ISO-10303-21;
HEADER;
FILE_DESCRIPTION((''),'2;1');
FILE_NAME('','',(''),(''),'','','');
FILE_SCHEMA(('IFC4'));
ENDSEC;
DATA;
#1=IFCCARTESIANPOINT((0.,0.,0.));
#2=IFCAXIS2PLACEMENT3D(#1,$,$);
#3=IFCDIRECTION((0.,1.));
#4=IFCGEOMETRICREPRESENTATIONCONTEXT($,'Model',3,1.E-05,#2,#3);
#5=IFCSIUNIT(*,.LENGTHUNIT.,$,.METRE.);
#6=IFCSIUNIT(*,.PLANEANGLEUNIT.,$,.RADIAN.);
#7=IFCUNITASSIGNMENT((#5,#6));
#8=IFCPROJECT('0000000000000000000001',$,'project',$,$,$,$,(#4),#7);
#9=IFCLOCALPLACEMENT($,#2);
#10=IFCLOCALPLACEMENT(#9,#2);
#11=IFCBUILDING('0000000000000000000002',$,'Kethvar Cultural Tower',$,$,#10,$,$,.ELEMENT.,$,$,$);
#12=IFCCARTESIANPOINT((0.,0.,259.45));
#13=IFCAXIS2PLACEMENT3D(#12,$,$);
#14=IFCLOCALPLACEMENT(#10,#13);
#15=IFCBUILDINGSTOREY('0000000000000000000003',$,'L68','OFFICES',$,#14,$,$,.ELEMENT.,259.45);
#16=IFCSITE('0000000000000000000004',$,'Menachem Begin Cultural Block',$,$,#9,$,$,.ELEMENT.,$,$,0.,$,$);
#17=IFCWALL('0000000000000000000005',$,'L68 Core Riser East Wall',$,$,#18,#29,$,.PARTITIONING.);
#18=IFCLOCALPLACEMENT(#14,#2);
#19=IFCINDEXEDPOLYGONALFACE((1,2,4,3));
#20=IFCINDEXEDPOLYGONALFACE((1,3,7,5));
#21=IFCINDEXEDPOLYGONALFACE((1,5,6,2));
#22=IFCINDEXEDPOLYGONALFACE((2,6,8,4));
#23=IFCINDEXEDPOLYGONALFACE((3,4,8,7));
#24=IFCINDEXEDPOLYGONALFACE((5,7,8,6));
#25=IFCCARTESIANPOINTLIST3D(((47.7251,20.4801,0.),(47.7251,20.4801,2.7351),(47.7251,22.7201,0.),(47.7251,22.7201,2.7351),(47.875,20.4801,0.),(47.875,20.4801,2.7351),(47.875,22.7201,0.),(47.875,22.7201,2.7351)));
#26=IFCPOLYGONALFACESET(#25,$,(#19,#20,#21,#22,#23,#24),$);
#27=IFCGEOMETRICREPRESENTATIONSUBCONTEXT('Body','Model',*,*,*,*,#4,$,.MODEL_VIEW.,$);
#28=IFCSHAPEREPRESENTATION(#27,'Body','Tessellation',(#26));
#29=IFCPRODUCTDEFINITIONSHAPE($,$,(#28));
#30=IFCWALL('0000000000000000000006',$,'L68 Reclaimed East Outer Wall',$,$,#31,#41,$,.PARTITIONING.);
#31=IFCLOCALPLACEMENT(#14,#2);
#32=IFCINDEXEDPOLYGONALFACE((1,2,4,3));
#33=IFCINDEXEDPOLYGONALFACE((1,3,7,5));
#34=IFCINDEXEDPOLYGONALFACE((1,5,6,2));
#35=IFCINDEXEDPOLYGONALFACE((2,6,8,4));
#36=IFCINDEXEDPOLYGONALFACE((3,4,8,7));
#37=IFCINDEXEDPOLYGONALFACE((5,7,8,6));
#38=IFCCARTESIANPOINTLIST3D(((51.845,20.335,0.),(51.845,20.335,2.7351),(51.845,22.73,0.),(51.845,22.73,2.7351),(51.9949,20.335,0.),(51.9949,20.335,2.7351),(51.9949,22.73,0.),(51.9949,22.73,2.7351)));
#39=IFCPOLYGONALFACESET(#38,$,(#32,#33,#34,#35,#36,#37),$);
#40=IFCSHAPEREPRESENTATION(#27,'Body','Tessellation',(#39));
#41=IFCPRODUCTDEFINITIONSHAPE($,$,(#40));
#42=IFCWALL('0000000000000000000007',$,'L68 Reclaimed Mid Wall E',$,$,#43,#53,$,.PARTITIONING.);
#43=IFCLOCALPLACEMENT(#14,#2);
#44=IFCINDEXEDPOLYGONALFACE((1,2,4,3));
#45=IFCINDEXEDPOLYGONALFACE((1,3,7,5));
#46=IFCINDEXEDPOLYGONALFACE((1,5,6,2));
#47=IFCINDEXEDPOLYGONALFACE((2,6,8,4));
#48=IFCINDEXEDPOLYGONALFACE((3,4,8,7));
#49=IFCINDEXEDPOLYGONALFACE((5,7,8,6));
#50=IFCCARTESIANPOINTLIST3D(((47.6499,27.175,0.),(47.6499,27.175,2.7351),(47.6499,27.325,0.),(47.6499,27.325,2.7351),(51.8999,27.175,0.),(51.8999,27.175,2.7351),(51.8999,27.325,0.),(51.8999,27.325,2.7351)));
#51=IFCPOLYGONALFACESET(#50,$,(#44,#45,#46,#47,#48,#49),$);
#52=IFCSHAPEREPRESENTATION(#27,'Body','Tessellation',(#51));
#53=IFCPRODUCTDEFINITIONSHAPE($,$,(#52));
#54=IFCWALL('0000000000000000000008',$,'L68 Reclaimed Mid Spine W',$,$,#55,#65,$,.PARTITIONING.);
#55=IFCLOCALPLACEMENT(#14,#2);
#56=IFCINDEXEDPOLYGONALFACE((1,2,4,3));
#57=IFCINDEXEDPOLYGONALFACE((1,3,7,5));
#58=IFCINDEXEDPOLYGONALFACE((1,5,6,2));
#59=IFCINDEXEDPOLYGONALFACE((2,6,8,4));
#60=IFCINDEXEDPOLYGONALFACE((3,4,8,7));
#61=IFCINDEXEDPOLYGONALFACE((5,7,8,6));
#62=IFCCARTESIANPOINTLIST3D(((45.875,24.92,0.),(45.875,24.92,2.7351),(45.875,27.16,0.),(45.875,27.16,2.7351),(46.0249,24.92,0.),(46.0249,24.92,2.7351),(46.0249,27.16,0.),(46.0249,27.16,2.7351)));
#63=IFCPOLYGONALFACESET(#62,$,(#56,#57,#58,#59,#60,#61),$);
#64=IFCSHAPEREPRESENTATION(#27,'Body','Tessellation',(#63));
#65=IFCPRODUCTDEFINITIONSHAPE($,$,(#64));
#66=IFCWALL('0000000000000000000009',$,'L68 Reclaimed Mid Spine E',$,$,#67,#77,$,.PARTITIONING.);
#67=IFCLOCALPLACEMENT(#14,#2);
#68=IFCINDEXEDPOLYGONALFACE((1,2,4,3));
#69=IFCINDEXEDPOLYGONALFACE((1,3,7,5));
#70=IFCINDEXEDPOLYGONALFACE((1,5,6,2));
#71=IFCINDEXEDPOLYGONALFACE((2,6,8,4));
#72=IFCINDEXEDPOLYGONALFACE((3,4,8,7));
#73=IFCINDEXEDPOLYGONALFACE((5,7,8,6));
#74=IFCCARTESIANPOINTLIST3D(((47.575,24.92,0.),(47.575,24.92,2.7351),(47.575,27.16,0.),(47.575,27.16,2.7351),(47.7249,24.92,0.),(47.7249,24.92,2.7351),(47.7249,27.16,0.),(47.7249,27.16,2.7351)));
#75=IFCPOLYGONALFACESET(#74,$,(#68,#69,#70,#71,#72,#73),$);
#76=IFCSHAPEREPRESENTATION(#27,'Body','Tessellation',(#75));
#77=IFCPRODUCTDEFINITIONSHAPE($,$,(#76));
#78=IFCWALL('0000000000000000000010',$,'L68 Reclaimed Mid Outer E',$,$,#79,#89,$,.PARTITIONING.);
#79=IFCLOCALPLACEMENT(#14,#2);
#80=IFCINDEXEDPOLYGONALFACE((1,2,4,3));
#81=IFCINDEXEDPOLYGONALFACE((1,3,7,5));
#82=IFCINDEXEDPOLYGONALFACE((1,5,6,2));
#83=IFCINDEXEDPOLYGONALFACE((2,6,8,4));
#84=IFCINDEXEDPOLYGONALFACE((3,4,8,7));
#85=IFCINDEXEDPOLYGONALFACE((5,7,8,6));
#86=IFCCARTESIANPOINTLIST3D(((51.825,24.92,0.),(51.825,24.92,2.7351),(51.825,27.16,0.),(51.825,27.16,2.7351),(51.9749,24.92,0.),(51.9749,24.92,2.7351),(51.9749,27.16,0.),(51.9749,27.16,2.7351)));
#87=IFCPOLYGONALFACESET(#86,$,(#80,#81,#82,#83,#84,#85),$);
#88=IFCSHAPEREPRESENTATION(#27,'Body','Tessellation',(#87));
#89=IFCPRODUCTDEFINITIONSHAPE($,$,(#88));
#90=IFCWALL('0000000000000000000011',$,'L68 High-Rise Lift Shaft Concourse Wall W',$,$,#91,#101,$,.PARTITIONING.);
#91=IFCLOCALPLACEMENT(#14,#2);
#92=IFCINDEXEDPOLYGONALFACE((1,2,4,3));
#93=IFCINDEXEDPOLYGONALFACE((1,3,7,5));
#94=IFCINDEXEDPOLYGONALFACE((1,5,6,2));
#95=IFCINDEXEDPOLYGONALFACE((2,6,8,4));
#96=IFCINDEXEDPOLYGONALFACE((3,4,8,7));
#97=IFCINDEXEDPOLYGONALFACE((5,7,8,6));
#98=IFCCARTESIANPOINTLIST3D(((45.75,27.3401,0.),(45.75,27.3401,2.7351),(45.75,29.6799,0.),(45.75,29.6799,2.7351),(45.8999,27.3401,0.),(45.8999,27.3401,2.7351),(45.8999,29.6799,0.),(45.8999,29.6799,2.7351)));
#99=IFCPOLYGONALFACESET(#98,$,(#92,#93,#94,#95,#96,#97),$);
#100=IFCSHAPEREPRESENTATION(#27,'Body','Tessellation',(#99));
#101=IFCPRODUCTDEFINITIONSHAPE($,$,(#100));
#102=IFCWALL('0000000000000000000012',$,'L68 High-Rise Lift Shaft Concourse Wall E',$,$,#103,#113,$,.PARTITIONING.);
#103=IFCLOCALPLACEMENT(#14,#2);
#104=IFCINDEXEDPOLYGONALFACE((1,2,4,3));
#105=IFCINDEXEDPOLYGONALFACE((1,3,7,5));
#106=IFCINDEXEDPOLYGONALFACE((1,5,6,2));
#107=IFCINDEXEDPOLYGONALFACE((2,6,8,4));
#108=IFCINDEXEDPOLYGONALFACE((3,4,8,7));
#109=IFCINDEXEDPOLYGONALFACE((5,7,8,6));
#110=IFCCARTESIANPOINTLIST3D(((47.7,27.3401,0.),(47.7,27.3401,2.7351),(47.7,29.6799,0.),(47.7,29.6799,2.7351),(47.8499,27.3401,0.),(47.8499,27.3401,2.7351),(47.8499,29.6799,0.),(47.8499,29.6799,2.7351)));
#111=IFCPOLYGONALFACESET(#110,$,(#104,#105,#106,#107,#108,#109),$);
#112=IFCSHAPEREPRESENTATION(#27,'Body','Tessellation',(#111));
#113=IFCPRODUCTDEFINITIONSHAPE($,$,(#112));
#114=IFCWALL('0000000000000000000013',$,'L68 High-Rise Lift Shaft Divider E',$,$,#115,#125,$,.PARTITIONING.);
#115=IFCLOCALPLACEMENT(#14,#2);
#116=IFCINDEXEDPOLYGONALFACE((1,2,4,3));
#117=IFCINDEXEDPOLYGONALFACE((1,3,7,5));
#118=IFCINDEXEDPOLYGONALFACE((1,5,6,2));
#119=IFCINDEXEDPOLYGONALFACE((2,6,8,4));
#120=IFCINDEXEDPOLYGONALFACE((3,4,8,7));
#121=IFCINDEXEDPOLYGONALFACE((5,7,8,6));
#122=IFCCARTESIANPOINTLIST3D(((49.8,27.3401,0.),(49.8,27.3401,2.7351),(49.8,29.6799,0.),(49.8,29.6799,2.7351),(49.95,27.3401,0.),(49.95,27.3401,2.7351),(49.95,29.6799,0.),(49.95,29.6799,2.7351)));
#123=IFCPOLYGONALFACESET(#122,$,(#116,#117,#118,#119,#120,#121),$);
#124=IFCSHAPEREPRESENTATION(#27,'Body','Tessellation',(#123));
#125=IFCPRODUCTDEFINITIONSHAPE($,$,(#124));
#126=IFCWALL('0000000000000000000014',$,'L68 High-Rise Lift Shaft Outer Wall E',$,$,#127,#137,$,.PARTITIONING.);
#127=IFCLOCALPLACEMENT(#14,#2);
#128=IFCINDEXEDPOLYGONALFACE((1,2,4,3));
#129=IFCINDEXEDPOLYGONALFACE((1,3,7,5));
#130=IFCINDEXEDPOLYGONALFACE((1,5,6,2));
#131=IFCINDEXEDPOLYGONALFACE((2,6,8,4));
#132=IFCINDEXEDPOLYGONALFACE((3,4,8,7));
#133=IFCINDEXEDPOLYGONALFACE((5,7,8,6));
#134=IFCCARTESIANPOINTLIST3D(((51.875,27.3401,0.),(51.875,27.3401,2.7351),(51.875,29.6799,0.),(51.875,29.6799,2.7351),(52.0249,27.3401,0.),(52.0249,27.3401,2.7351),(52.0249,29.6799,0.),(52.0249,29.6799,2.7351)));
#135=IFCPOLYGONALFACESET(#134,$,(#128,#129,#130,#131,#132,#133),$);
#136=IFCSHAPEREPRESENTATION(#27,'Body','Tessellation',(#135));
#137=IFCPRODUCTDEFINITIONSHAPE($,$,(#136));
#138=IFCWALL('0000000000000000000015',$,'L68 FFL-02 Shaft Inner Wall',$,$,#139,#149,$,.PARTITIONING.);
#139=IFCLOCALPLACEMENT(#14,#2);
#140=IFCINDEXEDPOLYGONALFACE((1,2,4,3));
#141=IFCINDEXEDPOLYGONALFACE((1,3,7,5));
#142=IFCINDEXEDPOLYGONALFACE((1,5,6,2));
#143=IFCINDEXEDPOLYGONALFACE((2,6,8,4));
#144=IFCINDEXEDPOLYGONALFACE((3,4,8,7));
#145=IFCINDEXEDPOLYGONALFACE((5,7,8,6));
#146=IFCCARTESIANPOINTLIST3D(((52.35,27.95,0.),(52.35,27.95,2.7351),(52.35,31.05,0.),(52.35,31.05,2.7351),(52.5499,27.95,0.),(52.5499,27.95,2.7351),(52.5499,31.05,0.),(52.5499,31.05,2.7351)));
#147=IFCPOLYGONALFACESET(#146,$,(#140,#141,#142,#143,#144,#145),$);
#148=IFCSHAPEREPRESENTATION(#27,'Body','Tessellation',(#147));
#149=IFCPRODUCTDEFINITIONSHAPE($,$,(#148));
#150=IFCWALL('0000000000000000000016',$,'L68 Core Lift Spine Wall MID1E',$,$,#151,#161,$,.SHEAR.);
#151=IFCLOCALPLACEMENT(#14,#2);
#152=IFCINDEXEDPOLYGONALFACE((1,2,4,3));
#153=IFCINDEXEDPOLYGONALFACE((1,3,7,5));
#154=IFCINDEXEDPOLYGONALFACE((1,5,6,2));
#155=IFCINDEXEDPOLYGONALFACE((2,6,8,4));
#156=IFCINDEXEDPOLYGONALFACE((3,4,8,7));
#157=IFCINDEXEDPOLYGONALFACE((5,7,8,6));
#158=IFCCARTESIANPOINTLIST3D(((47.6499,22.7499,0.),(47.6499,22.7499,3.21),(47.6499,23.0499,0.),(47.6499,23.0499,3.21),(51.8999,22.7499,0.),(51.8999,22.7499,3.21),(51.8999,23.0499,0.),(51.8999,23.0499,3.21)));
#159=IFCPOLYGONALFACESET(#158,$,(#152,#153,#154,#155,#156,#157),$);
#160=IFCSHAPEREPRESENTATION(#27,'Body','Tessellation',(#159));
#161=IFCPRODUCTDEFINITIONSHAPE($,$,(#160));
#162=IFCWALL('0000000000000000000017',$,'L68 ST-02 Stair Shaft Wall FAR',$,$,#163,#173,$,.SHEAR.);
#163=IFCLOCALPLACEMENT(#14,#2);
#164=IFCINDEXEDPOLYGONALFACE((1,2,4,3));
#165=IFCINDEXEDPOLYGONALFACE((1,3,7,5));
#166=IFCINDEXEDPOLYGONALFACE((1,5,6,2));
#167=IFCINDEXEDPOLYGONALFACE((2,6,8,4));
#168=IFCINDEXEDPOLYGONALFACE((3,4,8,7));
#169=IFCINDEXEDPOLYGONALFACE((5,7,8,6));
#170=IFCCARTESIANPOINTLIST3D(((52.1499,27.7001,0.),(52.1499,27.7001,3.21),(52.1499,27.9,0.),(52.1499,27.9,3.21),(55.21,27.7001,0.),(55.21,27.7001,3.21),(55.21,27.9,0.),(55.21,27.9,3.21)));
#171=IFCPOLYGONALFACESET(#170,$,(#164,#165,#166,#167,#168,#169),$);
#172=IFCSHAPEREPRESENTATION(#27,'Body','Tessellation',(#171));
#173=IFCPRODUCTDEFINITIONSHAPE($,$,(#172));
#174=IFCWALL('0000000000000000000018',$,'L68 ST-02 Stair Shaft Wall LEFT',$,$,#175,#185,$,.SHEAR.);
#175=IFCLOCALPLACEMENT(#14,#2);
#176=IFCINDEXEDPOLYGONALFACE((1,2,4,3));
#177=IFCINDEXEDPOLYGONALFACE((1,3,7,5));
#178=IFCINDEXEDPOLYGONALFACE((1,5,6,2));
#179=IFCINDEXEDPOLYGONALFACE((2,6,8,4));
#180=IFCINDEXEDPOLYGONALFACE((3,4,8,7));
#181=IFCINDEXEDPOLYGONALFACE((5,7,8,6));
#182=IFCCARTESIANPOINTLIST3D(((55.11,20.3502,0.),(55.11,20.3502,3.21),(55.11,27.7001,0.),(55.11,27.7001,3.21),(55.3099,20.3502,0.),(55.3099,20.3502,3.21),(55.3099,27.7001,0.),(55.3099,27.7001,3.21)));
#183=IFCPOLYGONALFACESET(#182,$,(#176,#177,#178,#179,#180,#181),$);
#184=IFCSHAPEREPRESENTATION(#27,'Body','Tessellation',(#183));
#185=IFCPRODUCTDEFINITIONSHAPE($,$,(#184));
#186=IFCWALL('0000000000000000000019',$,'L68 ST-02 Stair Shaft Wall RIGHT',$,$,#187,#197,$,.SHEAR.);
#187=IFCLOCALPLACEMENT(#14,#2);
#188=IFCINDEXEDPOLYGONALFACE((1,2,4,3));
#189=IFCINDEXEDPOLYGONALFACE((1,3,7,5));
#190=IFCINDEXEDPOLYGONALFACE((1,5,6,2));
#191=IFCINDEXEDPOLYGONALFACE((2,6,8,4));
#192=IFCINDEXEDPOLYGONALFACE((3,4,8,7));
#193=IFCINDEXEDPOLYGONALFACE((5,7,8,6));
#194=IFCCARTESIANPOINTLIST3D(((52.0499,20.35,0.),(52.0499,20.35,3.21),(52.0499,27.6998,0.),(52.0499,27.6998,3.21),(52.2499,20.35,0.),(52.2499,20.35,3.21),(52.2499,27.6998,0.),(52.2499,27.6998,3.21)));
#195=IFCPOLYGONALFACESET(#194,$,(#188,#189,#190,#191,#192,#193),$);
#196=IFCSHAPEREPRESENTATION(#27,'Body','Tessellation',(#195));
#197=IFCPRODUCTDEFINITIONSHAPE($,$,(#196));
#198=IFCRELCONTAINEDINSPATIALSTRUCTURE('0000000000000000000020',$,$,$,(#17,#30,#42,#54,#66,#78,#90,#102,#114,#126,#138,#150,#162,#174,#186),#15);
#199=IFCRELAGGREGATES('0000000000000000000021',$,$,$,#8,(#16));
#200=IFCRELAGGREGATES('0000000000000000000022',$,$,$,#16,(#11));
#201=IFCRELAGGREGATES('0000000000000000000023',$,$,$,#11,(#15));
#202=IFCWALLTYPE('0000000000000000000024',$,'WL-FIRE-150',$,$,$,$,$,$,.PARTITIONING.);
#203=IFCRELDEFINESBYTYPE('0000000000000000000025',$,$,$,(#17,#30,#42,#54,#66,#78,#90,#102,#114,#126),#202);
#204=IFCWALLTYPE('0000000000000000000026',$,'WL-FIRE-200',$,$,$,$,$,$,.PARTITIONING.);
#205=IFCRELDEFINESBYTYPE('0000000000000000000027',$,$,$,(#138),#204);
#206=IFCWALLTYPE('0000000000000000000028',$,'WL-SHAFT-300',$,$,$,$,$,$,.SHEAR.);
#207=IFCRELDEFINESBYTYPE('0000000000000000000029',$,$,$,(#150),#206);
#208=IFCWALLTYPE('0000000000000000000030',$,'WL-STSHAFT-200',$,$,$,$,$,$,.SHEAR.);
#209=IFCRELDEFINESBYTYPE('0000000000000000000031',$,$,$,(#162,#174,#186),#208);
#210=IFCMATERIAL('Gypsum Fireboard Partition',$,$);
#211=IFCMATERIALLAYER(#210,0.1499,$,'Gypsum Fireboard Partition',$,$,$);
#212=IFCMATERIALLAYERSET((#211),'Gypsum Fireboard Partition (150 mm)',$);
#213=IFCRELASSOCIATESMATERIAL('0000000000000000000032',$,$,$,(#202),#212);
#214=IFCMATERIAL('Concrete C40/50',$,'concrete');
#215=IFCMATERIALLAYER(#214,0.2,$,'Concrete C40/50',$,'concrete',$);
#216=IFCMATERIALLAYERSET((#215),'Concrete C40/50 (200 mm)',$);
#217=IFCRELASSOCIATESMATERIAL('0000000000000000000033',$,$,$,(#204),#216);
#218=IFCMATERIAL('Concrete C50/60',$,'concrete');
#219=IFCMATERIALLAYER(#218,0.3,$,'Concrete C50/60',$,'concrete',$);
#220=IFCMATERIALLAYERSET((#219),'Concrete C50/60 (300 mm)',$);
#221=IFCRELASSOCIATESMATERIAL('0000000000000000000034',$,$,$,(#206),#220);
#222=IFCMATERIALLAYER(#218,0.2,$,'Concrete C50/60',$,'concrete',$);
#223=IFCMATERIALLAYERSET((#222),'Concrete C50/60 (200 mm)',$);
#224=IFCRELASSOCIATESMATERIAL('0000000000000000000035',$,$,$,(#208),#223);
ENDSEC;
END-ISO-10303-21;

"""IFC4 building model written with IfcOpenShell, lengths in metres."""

from ifc_helpers import new_model, si_unit, direction, frame, frame_2d, origin, place, context, subcontext, project, spatial, rectangle, extrude, material, layer, layer_set, type_object, element, save


model = new_model("IFC4")

# Units and contexts
model_context = context("Model", 3, precision=1e-05, world=origin(), true_north=direction((0.0, 1.0)))
body_context = subcontext(model_context, "Body", "Model", "MODEL_VIEW")
ifc_project = project(units=[si_unit("LENGTHUNIT", "METRE"), si_unit("PLANEANGLEUNIT", "RADIAN")], contexts=[model_context])

# Site, building, storey
site_placement = place(None, origin())
site = spatial("IfcSite", under=ifc_project, at=site_placement, Name="Menachem Begin Cultural Block", CompositionType="ELEMENT", RefElevation=0.0)
building_placement = place(site_placement, origin())
building = spatial("IfcBuilding", under=site, at=building_placement, Name="Kethvar Cultural Tower", CompositionType="ELEMENT")
storey_placement = place(building_placement, frame((0.0, 0.0, 259.45)))
storey = spatial("IfcBuildingStorey", under=building, at=storey_placement, Name="L68", Description="OFFICES", CompositionType="ELEMENT", Elevation=259.45)

# Walls
ifc_material_1 = material(Name="Gypsum Fireboard Partition")
ifc_layer_1 = layer(ifc_material_1, 0.1499, Name="Gypsum Fireboard Partition")
ifc_layer_set_1 = layer_set([ifc_layer_1], Name="Gypsum Fireboard Partition (150 mm)")
wall_type_1 = type_object("IfcWallType", Name="WL-FIRE-150", PredefinedType="PARTITIONING", material=ifc_layer_set_1)
wall_1_placement = place(storey_placement, frame((47.8, 20.48, 0.0), z_axis=(0.0, 0.0, 1.0), x_axis=(0.0, 1.0, 0.0)))
element("IfcWall", 1, at=wall_1_placement, inside=storey, type_object=wall_type_1, Name="L68 Core Riser East Wall", PredefinedType="PARTITIONING", context=body_context, shape_type="SweptSolid", body=[
    extrude(rectangle(XDim=2.24, YDim=0.1499, at=frame_2d((1.1201, 0.0))), origin(), (0.0, 0.0, 1.0), 2.7351),
])
wall_2_placement = place(storey_placement, frame((51.9199, 20.335, 0.0), z_axis=(0.0, 0.0, 1.0), x_axis=(0.0, 1.0, 0.0)))
element("IfcWall", 2, at=wall_2_placement, inside=storey, type_object=wall_type_1, Name="L68 Reclaimed East Outer Wall", PredefinedType="PARTITIONING", context=body_context, shape_type="SweptSolid", body=[
    extrude(rectangle(XDim=2.395, YDim=0.1499, at=frame_2d((1.1975, 0.0))), origin(), (0.0, 0.0, 1.0), 2.7351),
])

# Walls
wall_3_placement = place(storey_placement, frame((47.6499, 27.25, 0.0), z_axis=(0.0, 0.0, 1.0), x_axis=(1.0, 0.0, 0.0)))
element("IfcWall", 3, at=wall_3_placement, inside=storey, type_object=wall_type_1, Name="L68 Reclaimed Mid Wall E", PredefinedType="PARTITIONING", context=body_context, shape_type="SweptSolid", body=[
    extrude(rectangle(XDim=4.25, YDim=0.1499, at=frame_2d((2.125, 0.0))), origin(), (0.0, 0.0, 1.0), 2.7351),
])
for number, where, z_axis, x_axis, name in (
    (4, (45.95, 24.9199, 0.0), (0.0, 0.0, 1.0), (0.0, 1.0, 0.0), "L68 Reclaimed Mid Spine W"),
    (5, (47.6499, 24.9199, 0.0), (0.0, 0.0, 1.0), (0.0, 1.0, 0.0), "L68 Reclaimed Mid Spine E"),
    (6, (51.8999, 24.9199, 0.0), (0.0, 0.0, 1.0), (0.0, 1.0, 0.0), "L68 Reclaimed Mid Outer E"),
):
    element("IfcWall", number, at=place(storey_placement, frame(where, z_axis=z_axis, x_axis=x_axis)), inside=storey, type_object=wall_type_1, Name=name, PredefinedType="PARTITIONING", context=body_context, shape_type="SweptSolid", body=[
        extrude(rectangle(XDim=2.24, YDim=0.1499, at=frame_2d((1.1201, 0.0))), origin(), (0.0, 0.0, 1.0), 2.7351),
    ])

# Walls
for number, where, z_axis, x_axis, name in (
    (7, (45.825, 27.3401, 0.0), (0.0, 0.0, 1.0), (0.0, 1.0, 0.0), "L68 High-Rise Lift Shaft Concourse Wall W"),
    (8, (47.7749, 27.3401, 0.0), (0.0, 0.0, 1.0), (0.0, 1.0, 0.0), "L68 High-Rise Lift Shaft Concourse Wall E"),
    (9, (49.875, 27.3401, 0.0), (0.0, 0.0, 1.0), (0.0, 1.0, 0.0), "L68 High-Rise Lift Shaft Divider E"),
    (10, (51.95, 27.3401, 0.0), (0.0, 0.0, 1.0), (0.0, 1.0, 0.0), "L68 High-Rise Lift Shaft Outer Wall E"),
):
    element("IfcWall", number, at=place(storey_placement, frame(where, z_axis=z_axis, x_axis=x_axis)), inside=storey, type_object=wall_type_1, Name=name, PredefinedType="PARTITIONING", context=body_context, shape_type="SweptSolid", body=[
        extrude(rectangle(XDim=2.3398, YDim=0.1499, at=frame_2d((1.1699, 0.0))), origin(), (0.0, 0.0, 1.0), 2.7351),
    ])
ifc_material_2 = material(Name="Concrete C40/50", Category="concrete")
ifc_layer_2 = layer(ifc_material_2, 0.2, Name="Concrete C40/50", Category="concrete")
ifc_layer_set_2 = layer_set([ifc_layer_2], Name="Concrete C40/50 (200 mm)")
wall_type_2 = type_object("IfcWallType", Name="WL-FIRE-200", PredefinedType="PARTITIONING", material=ifc_layer_set_2)
wall_4_placement = place(storey_placement, frame((52.45, 27.95, 0.0), z_axis=(0.0, 0.0, 1.0), x_axis=(0.0, 1.0, 0.0)))
element("IfcWall", 11, at=wall_4_placement, inside=storey, type_object=wall_type_2, Name="L68 FFL-02 Shaft Inner Wall", PredefinedType="PARTITIONING", context=body_context, shape_type="SweptSolid", body=[
    extrude(rectangle(XDim=3.1001, YDim=0.2, at=frame_2d((1.55, 0.0))), origin(), (0.0, 0.0, 1.0), 2.7351),
])
ifc_material_3 = material(Name="Concrete C50/60", Category="concrete")
ifc_layer_3 = layer(ifc_material_3, 0.3, Name="Concrete C50/60", Category="concrete")
ifc_layer_set_3 = layer_set([ifc_layer_3], Name="Concrete C50/60 (300 mm)")
wall_type_3 = type_object("IfcWallType", Name="WL-SHAFT-300", PredefinedType="SHEAR", material=ifc_layer_set_3)
wall_5_placement = place(storey_placement, frame((47.6499, 22.8999, 0.0), z_axis=(0.0, 0.0, 1.0), x_axis=(1.0, 0.0, 0.0)))
element("IfcWall", 12, at=wall_5_placement, inside=storey, type_object=wall_type_3, Name="L68 Core Lift Spine Wall MID1E", PredefinedType="SHEAR", context=body_context, shape_type="SweptSolid", body=[
    extrude(rectangle(XDim=4.25, YDim=0.3, at=frame_2d((2.125, 0.0))), origin(), (0.0, 0.0, 1.0), 3.21),
])

# Walls
ifc_layer_4 = layer(ifc_material_3, 0.2, Name="Concrete C50/60", Category="concrete")
ifc_layer_set_4 = layer_set([ifc_layer_4], Name="Concrete C50/60 (200 mm)")
wall_type_4 = type_object("IfcWallType", Name="WL-STSHAFT-200", PredefinedType="SHEAR", material=ifc_layer_set_4)
wall_6_placement = place(storey_placement, frame((52.1499, 27.8, 0.0), z_axis=(0.0, 0.0, 1.0), x_axis=(1.0, 0.0, 0.0)))
element("IfcWall", 13, at=wall_6_placement, inside=storey, type_object=wall_type_4, Name="L68 ST-02 Stair Shaft Wall FAR", PredefinedType="SHEAR", context=body_context, shape_type="SweptSolid", body=[
    extrude(rectangle(XDim=3.0601, YDim=0.2, at=frame_2d((1.53, 0.0))), origin(), (0.0, 0.0, 1.0), 3.21),
])
for number, where, z_axis, x_axis, name in (
    (14, (55.21, 27.7, 0.0), (0.0, 0.0, 1.0), (0.0, -1.0, 0.0), "L68 ST-02 Stair Shaft Wall LEFT"),
    (15, (52.1499, 20.3501, 0.0), (0.0, 0.0, 1.0), (0.0, 1.0, 0.0), "L68 ST-02 Stair Shaft Wall RIGHT"),
):
    element("IfcWall", number, at=place(storey_placement, frame(where, z_axis=z_axis, x_axis=x_axis)), inside=storey, type_object=wall_type_4, Name=name, PredefinedType="SHEAR", context=body_context, shape_type="SweptSolid", body=[
        extrude(rectangle(XDim=7.3499, YDim=0.2, at=frame_2d((3.6748, 0.0))), origin(), (0.0, 0.0, 1.0), 3.21),
    ])

save(model, "model.ifc")
